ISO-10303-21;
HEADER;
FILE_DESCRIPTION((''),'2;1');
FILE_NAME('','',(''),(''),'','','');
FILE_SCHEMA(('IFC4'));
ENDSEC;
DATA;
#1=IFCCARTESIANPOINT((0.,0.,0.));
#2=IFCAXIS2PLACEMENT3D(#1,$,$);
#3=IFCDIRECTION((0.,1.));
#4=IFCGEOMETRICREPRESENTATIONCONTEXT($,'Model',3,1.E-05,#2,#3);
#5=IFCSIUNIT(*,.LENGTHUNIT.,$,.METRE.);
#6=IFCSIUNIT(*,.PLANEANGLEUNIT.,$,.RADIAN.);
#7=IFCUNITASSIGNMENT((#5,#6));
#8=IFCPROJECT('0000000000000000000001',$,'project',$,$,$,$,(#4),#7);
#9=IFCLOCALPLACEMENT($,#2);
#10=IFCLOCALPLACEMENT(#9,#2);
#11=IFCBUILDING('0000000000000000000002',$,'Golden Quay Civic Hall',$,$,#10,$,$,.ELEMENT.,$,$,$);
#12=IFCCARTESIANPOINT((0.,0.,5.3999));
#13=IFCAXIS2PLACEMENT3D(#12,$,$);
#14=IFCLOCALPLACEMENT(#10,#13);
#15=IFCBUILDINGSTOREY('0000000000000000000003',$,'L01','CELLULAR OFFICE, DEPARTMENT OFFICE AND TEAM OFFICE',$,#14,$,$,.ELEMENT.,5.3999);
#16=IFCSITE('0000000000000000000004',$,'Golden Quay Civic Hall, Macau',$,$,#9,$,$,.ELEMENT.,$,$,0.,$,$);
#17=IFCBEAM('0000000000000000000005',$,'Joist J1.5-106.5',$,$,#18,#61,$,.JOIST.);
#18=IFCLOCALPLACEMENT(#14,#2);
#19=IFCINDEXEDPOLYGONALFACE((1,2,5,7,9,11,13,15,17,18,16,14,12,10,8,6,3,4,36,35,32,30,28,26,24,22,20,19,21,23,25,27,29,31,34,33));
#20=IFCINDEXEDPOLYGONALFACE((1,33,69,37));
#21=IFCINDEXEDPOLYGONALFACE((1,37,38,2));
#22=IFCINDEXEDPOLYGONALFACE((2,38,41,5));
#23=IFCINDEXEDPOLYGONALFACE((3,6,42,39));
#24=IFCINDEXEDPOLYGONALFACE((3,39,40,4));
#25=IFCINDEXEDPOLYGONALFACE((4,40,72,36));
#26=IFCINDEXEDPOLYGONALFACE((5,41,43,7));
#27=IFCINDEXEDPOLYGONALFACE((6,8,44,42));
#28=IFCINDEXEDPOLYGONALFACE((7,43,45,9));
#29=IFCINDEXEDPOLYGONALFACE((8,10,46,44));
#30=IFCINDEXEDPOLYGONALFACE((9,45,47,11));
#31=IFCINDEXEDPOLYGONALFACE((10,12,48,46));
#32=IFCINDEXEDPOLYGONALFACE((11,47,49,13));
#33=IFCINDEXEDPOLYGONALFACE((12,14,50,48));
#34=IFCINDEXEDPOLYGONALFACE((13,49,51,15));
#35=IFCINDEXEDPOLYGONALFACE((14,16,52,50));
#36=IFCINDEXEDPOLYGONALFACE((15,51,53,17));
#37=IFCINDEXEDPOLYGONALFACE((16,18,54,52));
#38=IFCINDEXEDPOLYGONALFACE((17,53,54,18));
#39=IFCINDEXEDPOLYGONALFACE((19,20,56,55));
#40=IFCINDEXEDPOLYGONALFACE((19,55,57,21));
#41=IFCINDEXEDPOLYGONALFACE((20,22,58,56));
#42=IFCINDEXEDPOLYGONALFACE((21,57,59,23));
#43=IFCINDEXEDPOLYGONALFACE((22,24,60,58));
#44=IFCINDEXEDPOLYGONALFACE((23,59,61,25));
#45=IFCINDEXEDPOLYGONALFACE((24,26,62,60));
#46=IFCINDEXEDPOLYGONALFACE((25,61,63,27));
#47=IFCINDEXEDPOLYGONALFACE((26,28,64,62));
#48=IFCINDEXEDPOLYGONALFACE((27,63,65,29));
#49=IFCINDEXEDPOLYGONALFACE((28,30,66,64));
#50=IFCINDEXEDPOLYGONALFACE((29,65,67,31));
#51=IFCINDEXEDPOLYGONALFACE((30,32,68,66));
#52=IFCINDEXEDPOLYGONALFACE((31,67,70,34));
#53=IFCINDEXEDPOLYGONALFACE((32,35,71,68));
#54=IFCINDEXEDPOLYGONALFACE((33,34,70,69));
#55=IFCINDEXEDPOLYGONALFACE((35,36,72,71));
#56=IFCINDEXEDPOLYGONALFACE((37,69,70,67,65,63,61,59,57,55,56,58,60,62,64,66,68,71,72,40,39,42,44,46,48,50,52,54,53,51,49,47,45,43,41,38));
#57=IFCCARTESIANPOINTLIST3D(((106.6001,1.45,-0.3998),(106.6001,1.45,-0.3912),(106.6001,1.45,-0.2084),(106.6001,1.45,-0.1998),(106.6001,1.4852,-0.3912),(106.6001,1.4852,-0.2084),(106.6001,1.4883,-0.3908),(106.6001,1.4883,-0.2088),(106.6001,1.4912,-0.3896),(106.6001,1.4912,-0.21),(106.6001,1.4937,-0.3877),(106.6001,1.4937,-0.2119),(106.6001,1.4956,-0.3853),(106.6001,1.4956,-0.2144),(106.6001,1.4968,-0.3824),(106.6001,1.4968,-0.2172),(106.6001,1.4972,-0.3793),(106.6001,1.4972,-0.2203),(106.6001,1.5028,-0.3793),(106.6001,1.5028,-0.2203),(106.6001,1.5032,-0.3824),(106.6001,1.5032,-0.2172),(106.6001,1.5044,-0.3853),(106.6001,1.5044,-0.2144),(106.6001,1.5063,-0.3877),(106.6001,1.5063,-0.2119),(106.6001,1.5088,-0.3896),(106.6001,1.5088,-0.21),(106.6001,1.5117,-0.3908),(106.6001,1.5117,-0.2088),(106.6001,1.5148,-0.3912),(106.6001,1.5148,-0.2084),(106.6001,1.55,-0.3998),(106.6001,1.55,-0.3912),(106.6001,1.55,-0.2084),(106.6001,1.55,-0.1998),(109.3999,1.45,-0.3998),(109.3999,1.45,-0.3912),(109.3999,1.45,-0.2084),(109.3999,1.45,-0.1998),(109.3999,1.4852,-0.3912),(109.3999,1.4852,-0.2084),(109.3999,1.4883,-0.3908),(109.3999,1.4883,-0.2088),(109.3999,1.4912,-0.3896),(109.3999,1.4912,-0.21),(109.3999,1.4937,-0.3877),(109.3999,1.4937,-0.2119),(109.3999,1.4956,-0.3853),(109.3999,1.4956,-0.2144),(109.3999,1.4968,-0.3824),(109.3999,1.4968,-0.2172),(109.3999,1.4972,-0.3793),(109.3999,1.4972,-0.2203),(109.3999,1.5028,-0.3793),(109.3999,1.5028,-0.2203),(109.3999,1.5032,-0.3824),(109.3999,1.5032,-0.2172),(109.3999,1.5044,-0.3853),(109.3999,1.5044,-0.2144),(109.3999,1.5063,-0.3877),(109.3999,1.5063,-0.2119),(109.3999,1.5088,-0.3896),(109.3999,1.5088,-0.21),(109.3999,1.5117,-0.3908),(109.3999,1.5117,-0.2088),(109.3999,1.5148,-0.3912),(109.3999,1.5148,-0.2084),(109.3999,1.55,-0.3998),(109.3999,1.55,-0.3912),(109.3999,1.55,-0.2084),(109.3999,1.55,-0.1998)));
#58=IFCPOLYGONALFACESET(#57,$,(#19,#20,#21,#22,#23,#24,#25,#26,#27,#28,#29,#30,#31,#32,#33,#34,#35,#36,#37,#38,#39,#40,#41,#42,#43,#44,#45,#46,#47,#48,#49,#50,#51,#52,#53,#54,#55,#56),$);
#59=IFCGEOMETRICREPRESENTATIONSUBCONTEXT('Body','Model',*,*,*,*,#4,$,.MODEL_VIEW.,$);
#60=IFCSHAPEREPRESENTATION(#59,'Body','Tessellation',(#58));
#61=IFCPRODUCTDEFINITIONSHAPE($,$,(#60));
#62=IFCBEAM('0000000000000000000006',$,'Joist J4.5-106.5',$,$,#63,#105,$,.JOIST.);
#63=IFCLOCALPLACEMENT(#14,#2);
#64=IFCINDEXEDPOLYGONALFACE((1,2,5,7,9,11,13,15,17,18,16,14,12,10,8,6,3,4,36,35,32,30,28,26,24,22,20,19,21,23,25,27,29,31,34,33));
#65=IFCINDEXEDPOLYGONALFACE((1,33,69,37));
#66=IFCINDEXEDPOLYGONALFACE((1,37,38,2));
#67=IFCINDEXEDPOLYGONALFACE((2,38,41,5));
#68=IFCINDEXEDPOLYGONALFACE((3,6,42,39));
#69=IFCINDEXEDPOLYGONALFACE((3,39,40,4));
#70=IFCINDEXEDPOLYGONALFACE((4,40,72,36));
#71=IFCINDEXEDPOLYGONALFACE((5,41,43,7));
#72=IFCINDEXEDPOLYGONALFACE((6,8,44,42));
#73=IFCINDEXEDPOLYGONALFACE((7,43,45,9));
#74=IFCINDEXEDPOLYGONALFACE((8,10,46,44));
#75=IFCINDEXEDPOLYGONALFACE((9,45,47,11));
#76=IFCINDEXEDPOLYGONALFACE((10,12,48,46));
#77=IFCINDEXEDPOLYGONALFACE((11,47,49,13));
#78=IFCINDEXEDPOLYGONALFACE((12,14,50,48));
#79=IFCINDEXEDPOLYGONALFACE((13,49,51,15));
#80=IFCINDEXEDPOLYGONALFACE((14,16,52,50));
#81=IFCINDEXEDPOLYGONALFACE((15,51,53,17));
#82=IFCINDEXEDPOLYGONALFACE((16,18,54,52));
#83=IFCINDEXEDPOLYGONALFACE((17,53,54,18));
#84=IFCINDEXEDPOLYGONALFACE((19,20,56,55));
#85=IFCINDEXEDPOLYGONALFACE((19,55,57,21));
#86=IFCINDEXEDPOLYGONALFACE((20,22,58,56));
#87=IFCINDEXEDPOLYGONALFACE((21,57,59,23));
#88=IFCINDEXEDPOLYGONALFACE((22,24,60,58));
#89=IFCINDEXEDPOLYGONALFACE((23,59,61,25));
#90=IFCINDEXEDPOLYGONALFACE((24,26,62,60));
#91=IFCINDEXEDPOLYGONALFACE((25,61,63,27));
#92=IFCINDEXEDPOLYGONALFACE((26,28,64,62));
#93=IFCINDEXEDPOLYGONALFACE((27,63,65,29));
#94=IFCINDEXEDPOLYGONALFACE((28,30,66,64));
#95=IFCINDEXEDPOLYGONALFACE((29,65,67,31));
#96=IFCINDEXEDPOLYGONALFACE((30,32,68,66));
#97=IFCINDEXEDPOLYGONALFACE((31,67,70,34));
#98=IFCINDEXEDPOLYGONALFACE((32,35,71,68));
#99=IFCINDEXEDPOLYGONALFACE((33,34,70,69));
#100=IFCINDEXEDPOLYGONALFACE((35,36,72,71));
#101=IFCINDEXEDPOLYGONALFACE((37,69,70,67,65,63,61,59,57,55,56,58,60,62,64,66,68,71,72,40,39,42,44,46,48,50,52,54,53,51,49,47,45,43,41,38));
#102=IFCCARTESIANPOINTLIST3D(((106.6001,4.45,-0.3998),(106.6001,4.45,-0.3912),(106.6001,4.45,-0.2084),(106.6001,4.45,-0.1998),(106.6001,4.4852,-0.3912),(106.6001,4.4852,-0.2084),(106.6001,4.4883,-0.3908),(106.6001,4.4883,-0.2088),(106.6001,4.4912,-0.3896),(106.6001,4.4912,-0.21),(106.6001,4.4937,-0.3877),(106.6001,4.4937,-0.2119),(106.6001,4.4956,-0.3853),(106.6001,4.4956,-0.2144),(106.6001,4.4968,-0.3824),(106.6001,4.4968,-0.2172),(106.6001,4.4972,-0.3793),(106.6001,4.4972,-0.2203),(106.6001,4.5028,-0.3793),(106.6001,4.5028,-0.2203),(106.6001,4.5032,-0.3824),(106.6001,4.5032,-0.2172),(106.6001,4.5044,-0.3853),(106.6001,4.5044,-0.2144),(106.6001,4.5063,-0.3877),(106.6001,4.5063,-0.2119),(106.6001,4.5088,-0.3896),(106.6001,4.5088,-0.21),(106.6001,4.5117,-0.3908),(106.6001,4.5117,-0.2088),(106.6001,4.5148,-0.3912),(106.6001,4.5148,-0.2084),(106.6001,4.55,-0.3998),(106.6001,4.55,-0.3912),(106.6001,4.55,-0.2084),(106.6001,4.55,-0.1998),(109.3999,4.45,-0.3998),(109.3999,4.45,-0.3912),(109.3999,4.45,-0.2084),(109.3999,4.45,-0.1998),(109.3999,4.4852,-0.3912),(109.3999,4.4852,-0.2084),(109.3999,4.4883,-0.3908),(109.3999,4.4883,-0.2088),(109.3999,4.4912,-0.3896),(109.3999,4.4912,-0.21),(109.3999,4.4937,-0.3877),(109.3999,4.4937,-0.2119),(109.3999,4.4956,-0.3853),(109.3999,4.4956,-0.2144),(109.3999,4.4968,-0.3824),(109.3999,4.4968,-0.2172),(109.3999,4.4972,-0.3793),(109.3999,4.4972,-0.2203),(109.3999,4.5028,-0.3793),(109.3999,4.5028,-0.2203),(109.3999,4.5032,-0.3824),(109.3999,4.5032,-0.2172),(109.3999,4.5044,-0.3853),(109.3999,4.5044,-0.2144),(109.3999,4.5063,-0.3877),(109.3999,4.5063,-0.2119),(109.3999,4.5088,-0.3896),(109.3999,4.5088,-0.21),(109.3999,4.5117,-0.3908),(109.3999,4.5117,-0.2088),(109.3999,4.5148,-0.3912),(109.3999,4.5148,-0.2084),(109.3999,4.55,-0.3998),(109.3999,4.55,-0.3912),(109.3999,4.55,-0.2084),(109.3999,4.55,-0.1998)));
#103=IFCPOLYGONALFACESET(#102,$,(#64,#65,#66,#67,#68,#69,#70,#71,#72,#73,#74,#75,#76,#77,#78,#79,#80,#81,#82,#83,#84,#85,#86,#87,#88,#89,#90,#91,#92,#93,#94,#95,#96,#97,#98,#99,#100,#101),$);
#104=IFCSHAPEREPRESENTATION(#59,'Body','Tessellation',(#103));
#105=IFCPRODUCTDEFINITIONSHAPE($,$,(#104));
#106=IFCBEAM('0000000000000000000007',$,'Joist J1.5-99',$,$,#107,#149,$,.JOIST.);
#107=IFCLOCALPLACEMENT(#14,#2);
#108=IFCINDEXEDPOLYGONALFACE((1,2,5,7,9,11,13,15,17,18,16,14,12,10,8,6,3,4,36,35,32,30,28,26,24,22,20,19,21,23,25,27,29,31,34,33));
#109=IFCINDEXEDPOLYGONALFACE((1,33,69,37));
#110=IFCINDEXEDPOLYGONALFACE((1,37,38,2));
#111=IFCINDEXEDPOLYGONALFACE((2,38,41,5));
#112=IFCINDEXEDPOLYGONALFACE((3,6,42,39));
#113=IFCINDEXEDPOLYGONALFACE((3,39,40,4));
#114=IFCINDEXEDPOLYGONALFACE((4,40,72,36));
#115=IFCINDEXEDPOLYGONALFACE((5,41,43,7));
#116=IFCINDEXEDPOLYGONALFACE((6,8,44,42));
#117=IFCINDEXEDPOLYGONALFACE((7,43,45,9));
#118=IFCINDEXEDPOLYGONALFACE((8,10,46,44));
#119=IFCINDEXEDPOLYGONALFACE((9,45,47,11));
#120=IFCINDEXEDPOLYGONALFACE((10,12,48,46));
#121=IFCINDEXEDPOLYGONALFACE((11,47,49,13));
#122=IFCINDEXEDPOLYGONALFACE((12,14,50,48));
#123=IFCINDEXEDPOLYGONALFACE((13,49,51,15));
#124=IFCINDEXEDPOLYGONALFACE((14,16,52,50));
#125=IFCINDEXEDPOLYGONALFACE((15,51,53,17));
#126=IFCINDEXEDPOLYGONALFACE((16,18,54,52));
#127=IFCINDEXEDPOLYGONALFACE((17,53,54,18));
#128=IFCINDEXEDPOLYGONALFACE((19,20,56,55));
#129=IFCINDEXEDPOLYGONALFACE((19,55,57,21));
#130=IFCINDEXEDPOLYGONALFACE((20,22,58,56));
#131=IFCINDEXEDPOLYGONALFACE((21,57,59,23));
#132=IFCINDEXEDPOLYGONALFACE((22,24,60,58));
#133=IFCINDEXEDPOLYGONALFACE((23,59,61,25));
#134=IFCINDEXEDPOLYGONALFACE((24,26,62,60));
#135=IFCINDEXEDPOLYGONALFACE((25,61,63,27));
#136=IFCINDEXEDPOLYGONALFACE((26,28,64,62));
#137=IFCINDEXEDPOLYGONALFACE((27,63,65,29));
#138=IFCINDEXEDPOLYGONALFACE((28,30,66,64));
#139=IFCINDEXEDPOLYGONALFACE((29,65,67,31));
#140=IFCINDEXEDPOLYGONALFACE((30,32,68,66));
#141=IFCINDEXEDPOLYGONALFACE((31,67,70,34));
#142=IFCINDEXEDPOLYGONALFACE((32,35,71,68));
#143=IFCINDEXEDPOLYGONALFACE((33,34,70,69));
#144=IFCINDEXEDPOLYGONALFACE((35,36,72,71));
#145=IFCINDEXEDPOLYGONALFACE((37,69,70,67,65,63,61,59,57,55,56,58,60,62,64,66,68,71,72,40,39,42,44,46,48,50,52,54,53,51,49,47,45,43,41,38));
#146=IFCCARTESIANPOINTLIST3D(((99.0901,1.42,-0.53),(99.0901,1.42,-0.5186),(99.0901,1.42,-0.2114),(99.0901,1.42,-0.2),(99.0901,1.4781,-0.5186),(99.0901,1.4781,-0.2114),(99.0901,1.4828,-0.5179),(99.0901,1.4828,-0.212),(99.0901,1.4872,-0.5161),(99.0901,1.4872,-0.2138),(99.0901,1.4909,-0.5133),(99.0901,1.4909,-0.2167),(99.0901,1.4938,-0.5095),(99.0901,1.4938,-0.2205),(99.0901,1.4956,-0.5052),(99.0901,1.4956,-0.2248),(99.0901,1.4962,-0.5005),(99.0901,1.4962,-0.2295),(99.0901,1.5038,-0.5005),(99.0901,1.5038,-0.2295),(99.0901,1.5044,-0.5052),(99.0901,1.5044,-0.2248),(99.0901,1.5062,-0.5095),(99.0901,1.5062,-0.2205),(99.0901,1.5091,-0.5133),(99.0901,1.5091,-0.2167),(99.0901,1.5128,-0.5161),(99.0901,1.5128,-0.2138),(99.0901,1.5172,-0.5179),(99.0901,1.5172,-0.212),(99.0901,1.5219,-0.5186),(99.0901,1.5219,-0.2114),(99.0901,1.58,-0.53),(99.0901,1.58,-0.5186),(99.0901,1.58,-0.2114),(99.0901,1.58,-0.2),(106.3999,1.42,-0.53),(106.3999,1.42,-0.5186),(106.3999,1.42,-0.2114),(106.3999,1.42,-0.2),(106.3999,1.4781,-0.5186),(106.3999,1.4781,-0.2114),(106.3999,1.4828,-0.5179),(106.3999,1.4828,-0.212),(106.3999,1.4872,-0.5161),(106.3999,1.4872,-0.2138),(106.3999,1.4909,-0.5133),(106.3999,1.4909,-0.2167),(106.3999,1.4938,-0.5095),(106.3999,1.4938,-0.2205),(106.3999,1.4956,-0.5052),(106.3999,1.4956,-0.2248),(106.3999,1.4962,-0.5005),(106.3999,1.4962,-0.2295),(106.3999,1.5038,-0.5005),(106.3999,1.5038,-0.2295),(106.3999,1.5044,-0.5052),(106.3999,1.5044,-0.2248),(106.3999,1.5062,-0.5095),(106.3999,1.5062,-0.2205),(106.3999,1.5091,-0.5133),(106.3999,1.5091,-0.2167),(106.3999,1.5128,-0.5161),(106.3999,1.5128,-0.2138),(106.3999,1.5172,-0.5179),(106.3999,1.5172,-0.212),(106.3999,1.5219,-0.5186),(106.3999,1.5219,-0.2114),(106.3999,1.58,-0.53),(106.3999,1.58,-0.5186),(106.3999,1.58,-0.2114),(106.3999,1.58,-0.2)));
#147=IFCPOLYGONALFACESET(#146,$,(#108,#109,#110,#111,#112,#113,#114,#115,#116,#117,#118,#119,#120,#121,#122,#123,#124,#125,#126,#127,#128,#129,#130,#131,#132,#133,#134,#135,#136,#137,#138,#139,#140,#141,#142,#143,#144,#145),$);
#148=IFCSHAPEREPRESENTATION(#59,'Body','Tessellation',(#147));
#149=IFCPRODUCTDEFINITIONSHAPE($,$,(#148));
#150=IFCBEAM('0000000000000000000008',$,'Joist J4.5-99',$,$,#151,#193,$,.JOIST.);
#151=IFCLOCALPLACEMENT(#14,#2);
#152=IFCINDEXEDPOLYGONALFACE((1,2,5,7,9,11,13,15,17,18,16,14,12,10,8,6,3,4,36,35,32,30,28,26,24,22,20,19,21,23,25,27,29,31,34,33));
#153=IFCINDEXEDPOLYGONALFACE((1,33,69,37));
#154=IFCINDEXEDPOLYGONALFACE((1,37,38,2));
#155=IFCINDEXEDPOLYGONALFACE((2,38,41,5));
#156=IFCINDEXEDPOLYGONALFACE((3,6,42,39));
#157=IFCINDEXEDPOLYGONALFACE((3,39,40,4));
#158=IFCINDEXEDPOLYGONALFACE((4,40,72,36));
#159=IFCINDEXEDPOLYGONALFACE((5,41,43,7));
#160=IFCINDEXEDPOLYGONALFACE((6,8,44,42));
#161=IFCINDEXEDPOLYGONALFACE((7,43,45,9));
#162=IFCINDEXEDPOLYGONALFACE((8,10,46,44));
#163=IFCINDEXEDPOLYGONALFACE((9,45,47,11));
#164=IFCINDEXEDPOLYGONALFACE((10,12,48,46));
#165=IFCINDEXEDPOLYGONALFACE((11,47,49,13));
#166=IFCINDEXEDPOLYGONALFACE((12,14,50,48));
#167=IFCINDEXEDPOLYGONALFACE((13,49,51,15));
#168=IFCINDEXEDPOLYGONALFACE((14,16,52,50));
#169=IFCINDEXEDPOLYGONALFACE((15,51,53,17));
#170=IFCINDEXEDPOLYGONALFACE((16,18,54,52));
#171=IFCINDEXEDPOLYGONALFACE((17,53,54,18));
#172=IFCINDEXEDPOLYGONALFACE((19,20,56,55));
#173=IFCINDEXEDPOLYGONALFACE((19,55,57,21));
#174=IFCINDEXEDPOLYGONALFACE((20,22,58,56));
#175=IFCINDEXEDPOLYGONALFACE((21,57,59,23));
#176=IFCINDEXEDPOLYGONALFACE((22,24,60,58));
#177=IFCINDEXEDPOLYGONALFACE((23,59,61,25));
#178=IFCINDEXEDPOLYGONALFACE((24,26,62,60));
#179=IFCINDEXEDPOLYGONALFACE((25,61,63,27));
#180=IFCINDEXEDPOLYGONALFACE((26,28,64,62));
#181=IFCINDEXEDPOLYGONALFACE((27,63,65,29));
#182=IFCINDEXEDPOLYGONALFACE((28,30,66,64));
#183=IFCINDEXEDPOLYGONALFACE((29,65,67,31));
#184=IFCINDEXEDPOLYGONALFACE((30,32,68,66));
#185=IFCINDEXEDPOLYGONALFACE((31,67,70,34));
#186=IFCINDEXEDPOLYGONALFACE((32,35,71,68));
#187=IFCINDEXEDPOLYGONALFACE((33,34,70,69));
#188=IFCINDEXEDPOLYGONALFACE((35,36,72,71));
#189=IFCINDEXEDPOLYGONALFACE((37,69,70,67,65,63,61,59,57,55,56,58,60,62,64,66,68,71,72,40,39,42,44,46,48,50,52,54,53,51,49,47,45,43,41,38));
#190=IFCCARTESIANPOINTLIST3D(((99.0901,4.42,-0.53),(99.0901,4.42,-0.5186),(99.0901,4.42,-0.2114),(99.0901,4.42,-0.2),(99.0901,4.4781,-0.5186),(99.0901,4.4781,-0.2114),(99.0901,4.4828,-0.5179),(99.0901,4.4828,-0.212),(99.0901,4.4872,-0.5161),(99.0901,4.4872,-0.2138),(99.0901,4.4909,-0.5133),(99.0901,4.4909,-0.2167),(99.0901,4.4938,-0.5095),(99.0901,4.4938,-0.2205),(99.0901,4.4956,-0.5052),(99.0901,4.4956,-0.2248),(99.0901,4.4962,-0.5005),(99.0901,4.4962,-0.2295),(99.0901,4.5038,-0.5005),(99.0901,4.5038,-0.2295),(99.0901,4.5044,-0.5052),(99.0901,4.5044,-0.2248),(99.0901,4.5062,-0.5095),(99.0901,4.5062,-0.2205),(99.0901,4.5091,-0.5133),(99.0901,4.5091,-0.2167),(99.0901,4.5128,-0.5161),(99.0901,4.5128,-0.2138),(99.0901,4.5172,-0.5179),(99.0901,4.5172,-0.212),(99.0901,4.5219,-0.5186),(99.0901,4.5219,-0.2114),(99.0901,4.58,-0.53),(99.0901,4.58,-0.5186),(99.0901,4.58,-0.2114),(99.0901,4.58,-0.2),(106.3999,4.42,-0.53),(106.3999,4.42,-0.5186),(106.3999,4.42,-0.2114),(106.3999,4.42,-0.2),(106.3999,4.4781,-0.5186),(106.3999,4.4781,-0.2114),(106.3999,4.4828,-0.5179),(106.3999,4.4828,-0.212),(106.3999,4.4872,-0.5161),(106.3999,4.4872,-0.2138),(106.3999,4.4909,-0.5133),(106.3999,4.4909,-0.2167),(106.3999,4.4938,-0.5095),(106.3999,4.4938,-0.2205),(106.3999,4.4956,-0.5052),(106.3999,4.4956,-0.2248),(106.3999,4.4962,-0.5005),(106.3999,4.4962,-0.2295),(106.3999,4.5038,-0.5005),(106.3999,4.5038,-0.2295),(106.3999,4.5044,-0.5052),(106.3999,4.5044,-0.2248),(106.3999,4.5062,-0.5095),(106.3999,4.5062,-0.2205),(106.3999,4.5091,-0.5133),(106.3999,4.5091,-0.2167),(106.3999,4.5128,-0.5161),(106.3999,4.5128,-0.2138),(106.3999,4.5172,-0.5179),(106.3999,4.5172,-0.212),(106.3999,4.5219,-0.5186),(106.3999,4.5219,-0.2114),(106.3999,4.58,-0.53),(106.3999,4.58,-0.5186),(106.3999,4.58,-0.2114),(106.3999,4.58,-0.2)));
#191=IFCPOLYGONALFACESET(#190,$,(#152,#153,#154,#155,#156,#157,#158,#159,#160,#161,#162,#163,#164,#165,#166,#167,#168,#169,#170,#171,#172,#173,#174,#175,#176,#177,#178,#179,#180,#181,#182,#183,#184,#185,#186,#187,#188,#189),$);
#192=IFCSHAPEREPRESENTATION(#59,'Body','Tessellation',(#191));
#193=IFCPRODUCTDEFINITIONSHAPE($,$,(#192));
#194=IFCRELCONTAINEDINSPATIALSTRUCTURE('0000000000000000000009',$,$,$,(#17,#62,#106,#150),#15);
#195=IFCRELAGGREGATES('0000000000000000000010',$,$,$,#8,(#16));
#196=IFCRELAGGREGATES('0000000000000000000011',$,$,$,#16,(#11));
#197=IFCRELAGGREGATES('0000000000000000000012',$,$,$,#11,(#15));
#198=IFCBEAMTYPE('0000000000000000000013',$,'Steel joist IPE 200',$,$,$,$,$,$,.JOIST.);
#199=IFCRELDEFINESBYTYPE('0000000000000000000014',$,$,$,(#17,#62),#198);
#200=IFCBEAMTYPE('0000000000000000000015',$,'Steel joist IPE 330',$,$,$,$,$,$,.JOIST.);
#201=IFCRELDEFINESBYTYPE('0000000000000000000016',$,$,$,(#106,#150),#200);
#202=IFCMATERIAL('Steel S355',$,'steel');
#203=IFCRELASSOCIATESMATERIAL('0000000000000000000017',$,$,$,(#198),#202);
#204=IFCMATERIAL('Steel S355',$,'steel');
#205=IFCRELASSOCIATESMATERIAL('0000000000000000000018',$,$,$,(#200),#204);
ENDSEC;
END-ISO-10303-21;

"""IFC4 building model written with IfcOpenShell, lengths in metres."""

from ifc_helpers import new_model, si_unit, direction, frame, origin, origin_2d, place, context, subcontext, project, spatial, i_section, extrude, material, material_profile, profile_set, type_object, element, save


model = new_model("IFC4")

# Units and contexts
model_context = context("Model", 3, precision=1e-05, world=origin(), true_north=direction((0.0, 1.0)))
body_context = subcontext(model_context, "Body", "Model", "MODEL_VIEW")
ifc_project = project(units=[si_unit("LENGTHUNIT", "METRE"), si_unit("PLANEANGLEUNIT", "RADIAN")], contexts=[model_context])

# Site, building, storey
site_placement = place(None, origin())
site = spatial("IfcSite", under=ifc_project, at=site_placement, Name="Golden Quay Civic Hall, Macau", CompositionType="ELEMENT", RefElevation=0.0)
building_placement = place(site_placement, origin())
building = spatial("IfcBuilding", under=site, at=building_placement, Name="Golden Quay Civic Hall", CompositionType="ELEMENT")
storey_placement = place(building_placement, frame((0.0, 0.0, 5.3999)))
storey = spatial("IfcBuildingStorey", under=building, at=storey_placement, Name="L01", Description="CELLULAR OFFICE, DEPARTMENT OFFICE AND TEAM OFFICE", CompositionType="ELEMENT", Elevation=5.3999)

# Beams
ifc_material_1 = material(Name="Steel S355", Category="steel")
ifc_material_profile_1 = material_profile(ifc_material_1, i_section(OverallWidth=0.1001, OverallDepth=0.2, WebThickness=0.0056, FlangeThickness=0.0085, FilletRadius=0.012, at=origin_2d()), Name="IPE 200")
ifc_profile_set_1 = profile_set([ifc_material_profile_1], Name="Steel S355")
beam_type_1 = type_object("IfcBeamType", Name="Steel joist IPE 200", PredefinedType="JOIST", material=ifc_profile_set_1)
for number, where, z_axis, x_axis, name in (
    (1, (106.6001, 1.5, -0.2998), (1.0, 0.0, 0.0), (0.0, 1.0, 0.0), "Joist J1.5-106.5"),
    (2, (106.6001, 4.5, -0.2998), (1.0, 0.0, 0.0), (0.0, 1.0, 0.0), "Joist J4.5-106.5"),
):
    element("IfcBeam", number, at=place(storey_placement, frame(where, z_axis=z_axis, x_axis=x_axis)), inside=storey, type_object=beam_type_1, Name=name, PredefinedType="JOIST", context=body_context, shape_type="SweptSolid", body=[
        extrude(i_section(OverallWidth=0.1001, OverallDepth=0.2, WebThickness=0.0056, FlangeThickness=0.0085, FilletRadius=0.012, at=origin_2d()), origin(), (0.0, 0.0, 1.0), 2.7998),
    ])
ifc_material_2 = material(Name="Steel S355", Category="steel")
ifc_material_profile_2 = material_profile(ifc_material_2, i_section(OverallWidth=0.1599, OverallDepth=0.3301, WebThickness=0.0076, FlangeThickness=0.0115, FilletRadius=0.0181, at=origin_2d()), Name="IPE 330")
ifc_profile_set_2 = profile_set([ifc_material_profile_2], Name="Steel S355")
beam_type_2 = type_object("IfcBeamType", Name="Steel joist IPE 330", PredefinedType="JOIST", material=ifc_profile_set_2)
for number, where, z_axis, x_axis, name in (
    (3, (99.0901, 1.5, -0.365), (1.0, 0.0, 0.0), (0.0, 1.0, 0.0), "Joist J1.5-99"),
    (4, (99.0901, 4.5, -0.365), (1.0, 0.0, 0.0), (0.0, 1.0, 0.0), "Joist J4.5-99"),
):
    element("IfcBeam", number, at=place(storey_placement, frame(where, z_axis=z_axis, x_axis=x_axis)), inside=storey, type_object=beam_type_2, Name=name, PredefinedType="JOIST", context=body_context, shape_type="SweptSolid", body=[
        extrude(i_section(OverallWidth=0.1599, OverallDepth=0.3301, WebThickness=0.0076, FlangeThickness=0.0115, FilletRadius=0.0181, at=origin_2d()), origin(), (0.0, 0.0, 1.0), 7.3098),
    ])

save(model, "model.ifc")
